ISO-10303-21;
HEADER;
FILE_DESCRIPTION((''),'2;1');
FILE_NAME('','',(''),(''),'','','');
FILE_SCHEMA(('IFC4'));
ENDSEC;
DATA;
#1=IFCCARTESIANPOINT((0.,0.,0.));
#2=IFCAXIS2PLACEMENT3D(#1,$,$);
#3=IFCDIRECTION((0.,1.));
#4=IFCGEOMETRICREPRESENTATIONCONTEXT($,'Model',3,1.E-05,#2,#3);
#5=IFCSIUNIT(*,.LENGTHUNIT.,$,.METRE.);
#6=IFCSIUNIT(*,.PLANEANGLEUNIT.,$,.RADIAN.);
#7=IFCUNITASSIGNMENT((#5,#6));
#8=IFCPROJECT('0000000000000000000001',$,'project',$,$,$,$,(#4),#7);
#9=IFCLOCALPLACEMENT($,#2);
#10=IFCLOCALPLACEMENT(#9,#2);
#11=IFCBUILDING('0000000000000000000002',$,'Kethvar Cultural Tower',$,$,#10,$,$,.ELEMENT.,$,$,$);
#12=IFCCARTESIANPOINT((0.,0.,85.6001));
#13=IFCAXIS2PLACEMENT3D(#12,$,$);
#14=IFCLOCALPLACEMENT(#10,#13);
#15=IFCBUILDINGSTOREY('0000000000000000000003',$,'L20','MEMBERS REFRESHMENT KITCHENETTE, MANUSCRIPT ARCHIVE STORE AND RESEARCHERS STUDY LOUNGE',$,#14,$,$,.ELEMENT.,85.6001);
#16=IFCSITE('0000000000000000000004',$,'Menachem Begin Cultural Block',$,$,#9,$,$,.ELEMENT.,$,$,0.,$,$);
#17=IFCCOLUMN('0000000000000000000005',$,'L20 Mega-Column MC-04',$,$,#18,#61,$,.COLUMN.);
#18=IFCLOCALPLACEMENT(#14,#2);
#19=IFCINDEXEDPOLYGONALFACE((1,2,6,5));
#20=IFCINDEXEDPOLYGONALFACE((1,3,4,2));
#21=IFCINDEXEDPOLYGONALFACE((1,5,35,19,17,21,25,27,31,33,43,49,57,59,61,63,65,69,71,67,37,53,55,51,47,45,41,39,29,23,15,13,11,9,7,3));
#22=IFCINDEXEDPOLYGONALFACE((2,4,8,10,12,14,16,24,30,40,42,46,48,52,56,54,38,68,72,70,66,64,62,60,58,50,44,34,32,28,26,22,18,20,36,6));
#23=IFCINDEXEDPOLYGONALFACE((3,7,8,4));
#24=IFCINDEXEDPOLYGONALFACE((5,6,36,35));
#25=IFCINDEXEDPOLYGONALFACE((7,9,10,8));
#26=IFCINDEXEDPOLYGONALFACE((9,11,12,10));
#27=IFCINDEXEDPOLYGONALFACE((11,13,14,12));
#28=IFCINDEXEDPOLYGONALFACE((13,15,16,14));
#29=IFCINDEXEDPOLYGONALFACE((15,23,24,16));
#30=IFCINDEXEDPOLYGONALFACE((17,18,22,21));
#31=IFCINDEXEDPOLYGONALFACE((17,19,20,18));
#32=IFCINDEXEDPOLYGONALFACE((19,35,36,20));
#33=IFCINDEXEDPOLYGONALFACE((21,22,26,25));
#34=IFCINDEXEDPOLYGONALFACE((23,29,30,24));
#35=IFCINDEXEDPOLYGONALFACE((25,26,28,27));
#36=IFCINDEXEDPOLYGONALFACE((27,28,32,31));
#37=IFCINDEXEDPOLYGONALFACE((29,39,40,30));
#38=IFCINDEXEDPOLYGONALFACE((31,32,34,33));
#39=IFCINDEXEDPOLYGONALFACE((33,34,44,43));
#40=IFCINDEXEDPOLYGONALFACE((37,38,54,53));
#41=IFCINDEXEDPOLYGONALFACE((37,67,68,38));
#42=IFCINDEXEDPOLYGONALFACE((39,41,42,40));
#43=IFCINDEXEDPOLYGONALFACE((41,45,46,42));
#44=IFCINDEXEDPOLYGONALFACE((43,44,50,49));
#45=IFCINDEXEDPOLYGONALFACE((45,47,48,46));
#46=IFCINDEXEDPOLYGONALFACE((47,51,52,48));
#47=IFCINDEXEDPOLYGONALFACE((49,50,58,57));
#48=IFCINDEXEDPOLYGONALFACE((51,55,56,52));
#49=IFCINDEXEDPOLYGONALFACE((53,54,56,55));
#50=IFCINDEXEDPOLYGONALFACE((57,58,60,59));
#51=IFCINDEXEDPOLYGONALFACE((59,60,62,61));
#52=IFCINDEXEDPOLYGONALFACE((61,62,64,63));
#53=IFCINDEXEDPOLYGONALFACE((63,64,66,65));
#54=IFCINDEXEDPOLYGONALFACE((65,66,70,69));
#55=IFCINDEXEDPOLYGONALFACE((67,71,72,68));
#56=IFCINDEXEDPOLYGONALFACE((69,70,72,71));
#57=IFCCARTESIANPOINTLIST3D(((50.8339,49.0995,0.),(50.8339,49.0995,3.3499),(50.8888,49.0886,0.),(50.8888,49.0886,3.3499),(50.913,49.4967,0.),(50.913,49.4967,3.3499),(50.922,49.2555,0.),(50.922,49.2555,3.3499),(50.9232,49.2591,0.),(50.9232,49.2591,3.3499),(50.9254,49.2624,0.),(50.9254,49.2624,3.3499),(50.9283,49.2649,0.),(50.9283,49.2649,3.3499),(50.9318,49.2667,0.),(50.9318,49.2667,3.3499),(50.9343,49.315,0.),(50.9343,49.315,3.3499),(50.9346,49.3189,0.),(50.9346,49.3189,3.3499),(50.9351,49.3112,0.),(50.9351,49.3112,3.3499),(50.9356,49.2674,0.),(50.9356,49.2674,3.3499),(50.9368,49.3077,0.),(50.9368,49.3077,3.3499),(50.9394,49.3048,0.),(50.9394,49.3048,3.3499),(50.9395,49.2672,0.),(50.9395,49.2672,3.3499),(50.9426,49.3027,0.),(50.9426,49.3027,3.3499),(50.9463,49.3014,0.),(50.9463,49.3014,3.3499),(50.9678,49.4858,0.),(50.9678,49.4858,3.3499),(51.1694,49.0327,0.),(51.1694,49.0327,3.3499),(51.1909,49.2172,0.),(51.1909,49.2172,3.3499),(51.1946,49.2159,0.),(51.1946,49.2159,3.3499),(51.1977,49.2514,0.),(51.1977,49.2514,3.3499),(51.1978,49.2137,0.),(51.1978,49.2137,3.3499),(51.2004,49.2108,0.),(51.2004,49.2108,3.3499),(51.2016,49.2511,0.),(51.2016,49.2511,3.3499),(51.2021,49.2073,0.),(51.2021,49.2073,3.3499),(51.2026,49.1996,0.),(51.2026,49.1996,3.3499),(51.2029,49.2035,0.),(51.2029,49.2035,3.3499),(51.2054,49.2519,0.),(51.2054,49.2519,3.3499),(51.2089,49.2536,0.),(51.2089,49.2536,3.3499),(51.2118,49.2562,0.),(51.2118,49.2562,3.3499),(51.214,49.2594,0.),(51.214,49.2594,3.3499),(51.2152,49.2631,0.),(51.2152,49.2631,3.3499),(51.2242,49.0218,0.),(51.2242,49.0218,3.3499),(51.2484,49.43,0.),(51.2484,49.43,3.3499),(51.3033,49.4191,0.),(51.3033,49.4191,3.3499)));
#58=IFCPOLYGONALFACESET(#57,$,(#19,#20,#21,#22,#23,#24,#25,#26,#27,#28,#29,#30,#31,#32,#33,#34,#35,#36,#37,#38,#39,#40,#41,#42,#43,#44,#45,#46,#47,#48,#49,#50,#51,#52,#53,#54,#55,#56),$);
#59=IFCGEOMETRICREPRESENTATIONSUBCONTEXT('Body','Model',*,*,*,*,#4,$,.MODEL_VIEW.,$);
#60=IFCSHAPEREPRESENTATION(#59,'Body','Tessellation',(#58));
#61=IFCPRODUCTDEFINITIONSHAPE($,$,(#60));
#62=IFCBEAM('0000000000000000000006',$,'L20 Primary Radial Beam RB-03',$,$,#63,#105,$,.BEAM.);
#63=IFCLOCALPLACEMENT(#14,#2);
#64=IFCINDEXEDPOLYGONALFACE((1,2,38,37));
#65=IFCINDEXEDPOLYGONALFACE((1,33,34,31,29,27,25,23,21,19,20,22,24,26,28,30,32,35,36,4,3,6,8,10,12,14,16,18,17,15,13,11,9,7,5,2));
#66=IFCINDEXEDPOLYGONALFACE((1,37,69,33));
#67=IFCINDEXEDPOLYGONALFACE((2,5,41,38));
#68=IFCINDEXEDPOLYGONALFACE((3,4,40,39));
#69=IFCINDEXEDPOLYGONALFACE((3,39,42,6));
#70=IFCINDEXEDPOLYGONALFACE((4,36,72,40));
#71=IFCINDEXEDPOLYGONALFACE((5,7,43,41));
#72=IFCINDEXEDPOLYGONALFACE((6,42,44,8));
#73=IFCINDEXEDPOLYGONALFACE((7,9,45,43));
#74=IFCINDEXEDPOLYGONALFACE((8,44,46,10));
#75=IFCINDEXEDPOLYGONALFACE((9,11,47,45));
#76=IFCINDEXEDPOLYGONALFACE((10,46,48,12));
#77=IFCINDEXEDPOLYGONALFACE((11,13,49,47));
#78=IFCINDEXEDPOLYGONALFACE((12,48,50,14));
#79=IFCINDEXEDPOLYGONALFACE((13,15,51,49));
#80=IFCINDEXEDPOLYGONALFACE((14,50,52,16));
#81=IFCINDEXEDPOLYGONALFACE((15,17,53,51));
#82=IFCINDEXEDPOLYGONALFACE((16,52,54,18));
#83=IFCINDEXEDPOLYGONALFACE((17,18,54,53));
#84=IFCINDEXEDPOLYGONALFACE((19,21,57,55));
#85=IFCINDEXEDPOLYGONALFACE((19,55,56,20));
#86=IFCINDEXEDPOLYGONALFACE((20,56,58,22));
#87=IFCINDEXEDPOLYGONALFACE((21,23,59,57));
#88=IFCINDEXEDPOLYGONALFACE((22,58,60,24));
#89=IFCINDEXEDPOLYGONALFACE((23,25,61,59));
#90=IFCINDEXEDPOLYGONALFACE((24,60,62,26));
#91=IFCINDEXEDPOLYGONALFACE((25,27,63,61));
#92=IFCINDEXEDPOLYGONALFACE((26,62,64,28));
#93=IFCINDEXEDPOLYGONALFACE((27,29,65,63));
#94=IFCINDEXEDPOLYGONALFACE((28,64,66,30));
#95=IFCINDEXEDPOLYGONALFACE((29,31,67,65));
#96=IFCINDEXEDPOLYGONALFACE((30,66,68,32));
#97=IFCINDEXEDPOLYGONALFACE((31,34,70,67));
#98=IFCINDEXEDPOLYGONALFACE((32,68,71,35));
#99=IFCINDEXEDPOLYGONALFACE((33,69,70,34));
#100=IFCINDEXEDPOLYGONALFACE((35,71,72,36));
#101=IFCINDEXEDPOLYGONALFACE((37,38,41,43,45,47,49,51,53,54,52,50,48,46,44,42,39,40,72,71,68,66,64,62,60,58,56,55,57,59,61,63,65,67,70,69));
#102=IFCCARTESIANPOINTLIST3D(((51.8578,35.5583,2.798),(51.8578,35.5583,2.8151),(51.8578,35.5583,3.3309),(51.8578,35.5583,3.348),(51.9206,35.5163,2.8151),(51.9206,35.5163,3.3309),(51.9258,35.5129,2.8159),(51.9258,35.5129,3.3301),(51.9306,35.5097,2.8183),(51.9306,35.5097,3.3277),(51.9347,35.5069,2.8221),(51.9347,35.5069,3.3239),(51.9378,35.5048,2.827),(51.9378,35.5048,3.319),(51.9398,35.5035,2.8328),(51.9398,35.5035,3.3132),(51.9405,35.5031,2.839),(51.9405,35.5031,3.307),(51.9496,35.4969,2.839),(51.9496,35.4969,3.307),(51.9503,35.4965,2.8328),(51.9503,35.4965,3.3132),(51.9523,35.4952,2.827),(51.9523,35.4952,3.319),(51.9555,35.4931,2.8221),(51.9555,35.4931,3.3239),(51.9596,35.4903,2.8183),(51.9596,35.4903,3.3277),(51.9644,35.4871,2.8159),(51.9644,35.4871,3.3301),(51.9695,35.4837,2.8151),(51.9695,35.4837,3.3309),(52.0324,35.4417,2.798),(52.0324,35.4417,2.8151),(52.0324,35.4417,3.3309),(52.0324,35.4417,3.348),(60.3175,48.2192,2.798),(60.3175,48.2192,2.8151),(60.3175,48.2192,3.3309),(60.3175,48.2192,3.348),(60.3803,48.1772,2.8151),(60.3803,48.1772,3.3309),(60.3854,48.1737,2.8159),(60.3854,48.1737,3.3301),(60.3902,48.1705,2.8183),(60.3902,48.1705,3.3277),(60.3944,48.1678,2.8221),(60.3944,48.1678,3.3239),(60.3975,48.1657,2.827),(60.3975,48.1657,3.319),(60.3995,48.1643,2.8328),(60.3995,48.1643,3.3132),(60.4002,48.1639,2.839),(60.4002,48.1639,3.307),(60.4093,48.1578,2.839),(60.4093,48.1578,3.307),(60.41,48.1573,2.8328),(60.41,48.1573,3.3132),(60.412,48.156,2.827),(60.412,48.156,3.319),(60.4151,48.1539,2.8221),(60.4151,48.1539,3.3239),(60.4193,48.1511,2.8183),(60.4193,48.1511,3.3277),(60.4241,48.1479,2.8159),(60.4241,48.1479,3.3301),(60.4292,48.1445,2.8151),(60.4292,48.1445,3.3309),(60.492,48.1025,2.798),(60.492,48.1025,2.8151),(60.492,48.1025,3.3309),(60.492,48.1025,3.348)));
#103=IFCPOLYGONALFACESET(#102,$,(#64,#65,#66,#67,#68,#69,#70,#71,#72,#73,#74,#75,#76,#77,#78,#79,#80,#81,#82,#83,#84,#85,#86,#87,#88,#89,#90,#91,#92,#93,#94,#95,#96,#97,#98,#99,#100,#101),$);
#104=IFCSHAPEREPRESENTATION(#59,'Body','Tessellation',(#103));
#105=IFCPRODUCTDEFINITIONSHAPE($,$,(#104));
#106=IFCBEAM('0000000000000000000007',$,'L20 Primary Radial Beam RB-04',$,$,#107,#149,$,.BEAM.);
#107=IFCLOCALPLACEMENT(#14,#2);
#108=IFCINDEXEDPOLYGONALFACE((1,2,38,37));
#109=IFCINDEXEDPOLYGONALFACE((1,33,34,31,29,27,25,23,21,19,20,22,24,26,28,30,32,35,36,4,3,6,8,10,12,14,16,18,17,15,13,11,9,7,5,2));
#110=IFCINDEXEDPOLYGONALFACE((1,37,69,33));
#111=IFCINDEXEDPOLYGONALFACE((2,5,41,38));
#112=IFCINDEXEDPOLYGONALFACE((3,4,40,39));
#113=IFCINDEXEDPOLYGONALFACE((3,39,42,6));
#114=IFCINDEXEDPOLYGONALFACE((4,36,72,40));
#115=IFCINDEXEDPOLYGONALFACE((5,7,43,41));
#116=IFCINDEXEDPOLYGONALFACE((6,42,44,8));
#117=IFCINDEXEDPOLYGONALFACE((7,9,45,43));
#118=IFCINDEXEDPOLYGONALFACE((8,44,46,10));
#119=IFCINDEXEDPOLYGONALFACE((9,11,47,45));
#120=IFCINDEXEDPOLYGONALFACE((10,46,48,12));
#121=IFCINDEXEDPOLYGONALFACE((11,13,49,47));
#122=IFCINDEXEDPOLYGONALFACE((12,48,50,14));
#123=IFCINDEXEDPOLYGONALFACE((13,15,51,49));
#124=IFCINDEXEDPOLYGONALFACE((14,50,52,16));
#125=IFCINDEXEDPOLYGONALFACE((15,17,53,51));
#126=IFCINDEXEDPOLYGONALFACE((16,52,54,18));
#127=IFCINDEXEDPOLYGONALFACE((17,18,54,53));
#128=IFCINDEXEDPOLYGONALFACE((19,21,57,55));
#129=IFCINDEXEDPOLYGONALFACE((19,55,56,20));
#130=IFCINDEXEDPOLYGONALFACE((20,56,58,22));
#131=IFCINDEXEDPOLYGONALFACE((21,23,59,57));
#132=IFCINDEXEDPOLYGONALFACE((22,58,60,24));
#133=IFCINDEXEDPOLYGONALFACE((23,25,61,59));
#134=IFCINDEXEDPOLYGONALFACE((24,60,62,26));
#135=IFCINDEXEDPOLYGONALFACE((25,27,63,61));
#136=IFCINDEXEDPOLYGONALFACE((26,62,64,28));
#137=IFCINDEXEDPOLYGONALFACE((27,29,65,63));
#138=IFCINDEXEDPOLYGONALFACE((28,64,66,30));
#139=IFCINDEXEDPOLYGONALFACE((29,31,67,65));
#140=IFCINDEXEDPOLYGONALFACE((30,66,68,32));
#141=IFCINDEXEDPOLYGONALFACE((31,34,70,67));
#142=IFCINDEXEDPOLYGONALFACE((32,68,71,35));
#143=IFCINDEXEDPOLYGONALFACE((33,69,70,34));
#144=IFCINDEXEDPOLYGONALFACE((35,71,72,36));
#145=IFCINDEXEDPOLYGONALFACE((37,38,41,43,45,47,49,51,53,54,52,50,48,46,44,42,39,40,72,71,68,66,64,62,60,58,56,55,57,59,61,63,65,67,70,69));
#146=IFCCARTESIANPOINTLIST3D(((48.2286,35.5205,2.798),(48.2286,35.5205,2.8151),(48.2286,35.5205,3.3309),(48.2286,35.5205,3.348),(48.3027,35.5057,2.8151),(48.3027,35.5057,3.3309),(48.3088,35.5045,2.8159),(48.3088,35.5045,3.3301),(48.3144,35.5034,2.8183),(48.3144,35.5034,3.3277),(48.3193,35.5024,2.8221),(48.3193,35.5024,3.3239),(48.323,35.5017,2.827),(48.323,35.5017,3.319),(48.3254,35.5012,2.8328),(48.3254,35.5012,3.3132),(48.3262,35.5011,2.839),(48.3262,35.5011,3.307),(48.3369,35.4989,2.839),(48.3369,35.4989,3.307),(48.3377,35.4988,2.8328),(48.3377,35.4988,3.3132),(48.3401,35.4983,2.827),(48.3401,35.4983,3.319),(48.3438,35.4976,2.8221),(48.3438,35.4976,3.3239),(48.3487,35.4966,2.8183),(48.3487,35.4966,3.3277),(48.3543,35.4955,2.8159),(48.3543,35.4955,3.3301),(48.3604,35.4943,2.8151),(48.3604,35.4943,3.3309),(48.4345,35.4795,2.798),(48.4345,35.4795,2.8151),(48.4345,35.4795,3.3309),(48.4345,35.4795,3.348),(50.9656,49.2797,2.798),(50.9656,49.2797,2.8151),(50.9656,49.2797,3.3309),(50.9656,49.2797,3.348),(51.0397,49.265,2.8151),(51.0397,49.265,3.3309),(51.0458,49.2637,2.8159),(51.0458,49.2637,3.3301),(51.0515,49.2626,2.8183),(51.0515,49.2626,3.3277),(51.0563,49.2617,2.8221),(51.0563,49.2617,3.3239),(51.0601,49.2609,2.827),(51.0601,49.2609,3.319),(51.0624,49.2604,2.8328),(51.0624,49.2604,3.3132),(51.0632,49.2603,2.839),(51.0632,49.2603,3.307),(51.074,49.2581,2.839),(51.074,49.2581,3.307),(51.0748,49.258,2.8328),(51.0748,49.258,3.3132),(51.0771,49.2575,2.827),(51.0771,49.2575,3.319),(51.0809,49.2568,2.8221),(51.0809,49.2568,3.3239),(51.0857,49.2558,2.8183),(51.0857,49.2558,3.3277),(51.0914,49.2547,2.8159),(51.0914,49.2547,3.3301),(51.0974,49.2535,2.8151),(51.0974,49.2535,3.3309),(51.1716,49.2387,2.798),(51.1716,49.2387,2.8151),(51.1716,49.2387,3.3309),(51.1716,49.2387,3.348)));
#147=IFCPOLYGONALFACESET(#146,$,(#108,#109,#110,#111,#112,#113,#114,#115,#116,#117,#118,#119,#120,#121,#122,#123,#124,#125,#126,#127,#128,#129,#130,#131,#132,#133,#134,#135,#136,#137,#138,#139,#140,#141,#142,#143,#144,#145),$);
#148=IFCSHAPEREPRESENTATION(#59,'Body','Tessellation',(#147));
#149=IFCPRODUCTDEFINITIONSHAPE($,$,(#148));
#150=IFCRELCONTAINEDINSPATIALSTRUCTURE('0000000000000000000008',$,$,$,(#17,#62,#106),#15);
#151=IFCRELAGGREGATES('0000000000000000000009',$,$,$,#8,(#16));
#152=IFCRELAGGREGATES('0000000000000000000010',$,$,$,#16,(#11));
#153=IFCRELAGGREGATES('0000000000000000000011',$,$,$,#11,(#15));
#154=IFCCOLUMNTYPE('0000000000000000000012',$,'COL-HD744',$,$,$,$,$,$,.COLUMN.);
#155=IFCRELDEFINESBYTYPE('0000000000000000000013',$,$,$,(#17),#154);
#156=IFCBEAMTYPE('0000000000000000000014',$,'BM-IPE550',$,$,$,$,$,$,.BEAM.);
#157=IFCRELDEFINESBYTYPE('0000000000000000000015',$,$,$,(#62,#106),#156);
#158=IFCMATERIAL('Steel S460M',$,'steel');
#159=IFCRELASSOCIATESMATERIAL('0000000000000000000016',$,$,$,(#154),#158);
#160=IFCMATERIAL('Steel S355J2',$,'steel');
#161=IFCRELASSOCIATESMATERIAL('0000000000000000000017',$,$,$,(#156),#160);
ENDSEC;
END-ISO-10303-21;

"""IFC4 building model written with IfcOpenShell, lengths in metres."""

from ifc_helpers import new_model, si_unit, direction, frame, origin, origin_2d, place, context, subcontext, project, spatial, i_section, extrude, source, transform, mapped, material, material_profile, profile_set, type_object, element, save


model = new_model("IFC4")

# Units and contexts
model_context = context("Model", 3, precision=1e-05, world=origin(), true_north=direction((0.0, 1.0)))
body_context = subcontext(model_context, "Body", "Model", "MODEL_VIEW")
ifc_project = project(units=[si_unit("LENGTHUNIT", "METRE"), si_unit("PLANEANGLEUNIT", "RADIAN")], contexts=[model_context])

# Site, building, storey
site_placement = place(None, origin())
site = spatial("IfcSite", under=ifc_project, at=site_placement, Name="Menachem Begin Cultural Block", CompositionType="ELEMENT", RefElevation=0.0)
building_placement = place(site_placement, origin())
building = spatial("IfcBuilding", under=site, at=building_placement, Name="Kethvar Cultural Tower", CompositionType="ELEMENT")
storey_placement = place(building_placement, frame((0.0, 0.0, 85.6001)))
storey = spatial("IfcBuildingStorey", under=building, at=storey_placement, Name="L20", Description="MEMBERS REFRESHMENT KITCHENETTE, MANUSCRIPT ARCHIVE STORE AND RESEARCHERS STUDY LOUNGE", CompositionType="ELEMENT", Elevation=85.6001)

# Column
ifc_material_1 = material(Name="Steel S460M", Category="steel")
ifc_material_profile_1 = material_profile(ifc_material_1, i_section(OverallWidth=0.405, OverallDepth=0.3979, WebThickness=0.0349, FlangeThickness=0.0559, FilletRadius=0.0149, at=origin_2d()), Name="Steel S460M — HD400x744")
ifc_profile_set_1 = profile_set([ifc_material_profile_1], Name="Steel S460M — HD400x744")
column_type = type_object("IfcColumnType", Name="COL-HD744", PredefinedType="COLUMN", material=ifc_profile_set_1)
shared_shape_1 = source(origin(), body_context, "Body", "SweptSolid", [
    extrude(i_section(OverallWidth=0.405, OverallDepth=0.3979, WebThickness=0.0349, FlangeThickness=0.0559, FilletRadius=0.0149, at=origin_2d()), origin(), (0.0, 0.0, 1.0), 3.3499),
])
column_placement = place(storey_placement, frame((51.0686, 49.2593, 0.0), z_axis=(0.0, 0.0, 1.0), x_axis=(0.19509, 0.980785, 0.0)))
element("IfcColumn", 1, at=column_placement, inside=storey, type_object=column_type, Name="L20 Mega-Column MC-04", PredefinedType="COLUMN", context=body_context, shape_type="MappedRepresentation", body=[
    mapped(shared_shape_1, transform((0.0, 0.0, 0.0), scale=1.0)),
])

# Beams
ifc_material_2 = material(Name="Steel S355J2", Category="steel")
ifc_material_profile_2 = material_profile(ifc_material_2, i_section(OverallWidth=0.21, OverallDepth=0.55, WebThickness=0.011, FlangeThickness=0.0171, FilletRadius=0.0239, at=origin_2d()), Name="Steel S355J2 — IPE550")
ifc_profile_set_2 = profile_set([ifc_material_profile_2], Name="Steel S355J2 — IPE550")
beam_type_1 = type_object("IfcBeamType", Name="BM-IPE550", PredefinedType="BEAM", material=ifc_profile_set_2)
shared_shape_2 = source(origin(), body_context, "Body", "SweptSolid", [
    extrude(i_section(OverallWidth=0.21, OverallDepth=0.55, WebThickness=0.011, FlangeThickness=0.0171, FilletRadius=0.0239, at=origin_2d()), origin(), (0.0, 0.0, 1.0), 15.2271),
])
beam_1_placement = place(storey_placement, frame((51.9451, 35.5, 3.073), z_axis=(0.555569, 0.83147, 0.0), x_axis=(-0.83147, 0.555569, 0.0)))
element("IfcBeam", 2, at=beam_1_placement, inside=storey, type_object=beam_type_1, Name="L20 Primary Radial Beam RB-03", PredefinedType="BEAM", context=body_context, shape_type="MappedRepresentation", body=[
    mapped(shared_shape_2, transform((0.0, 0.0, 0.0), scale=1.0)),
])
shared_shape_3 = source(origin(), body_context, "Body", "SweptSolid", [
    extrude(i_section(OverallWidth=0.21, OverallDepth=0.55, WebThickness=0.011, FlangeThickness=0.0171, FilletRadius=0.0239, at=origin_2d()), origin(), (0.0, 0.0, 1.0), 14.0288),
])
beam_2_placement = place(storey_placement, frame((48.3315, 35.5, 3.073), z_axis=(0.195102, 0.980783, 0.0), x_axis=(-0.980783, 0.195102, 0.0)))
element("IfcBeam", 3, at=beam_2_placement, inside=storey, type_object=beam_type_1, Name="L20 Primary Radial Beam RB-04", PredefinedType="BEAM", context=body_context, shape_type="MappedRepresentation", body=[
    mapped(shared_shape_3, transform((0.0, 0.0, 0.0), scale=1.0)),
])

save(model, "model.ifc")
